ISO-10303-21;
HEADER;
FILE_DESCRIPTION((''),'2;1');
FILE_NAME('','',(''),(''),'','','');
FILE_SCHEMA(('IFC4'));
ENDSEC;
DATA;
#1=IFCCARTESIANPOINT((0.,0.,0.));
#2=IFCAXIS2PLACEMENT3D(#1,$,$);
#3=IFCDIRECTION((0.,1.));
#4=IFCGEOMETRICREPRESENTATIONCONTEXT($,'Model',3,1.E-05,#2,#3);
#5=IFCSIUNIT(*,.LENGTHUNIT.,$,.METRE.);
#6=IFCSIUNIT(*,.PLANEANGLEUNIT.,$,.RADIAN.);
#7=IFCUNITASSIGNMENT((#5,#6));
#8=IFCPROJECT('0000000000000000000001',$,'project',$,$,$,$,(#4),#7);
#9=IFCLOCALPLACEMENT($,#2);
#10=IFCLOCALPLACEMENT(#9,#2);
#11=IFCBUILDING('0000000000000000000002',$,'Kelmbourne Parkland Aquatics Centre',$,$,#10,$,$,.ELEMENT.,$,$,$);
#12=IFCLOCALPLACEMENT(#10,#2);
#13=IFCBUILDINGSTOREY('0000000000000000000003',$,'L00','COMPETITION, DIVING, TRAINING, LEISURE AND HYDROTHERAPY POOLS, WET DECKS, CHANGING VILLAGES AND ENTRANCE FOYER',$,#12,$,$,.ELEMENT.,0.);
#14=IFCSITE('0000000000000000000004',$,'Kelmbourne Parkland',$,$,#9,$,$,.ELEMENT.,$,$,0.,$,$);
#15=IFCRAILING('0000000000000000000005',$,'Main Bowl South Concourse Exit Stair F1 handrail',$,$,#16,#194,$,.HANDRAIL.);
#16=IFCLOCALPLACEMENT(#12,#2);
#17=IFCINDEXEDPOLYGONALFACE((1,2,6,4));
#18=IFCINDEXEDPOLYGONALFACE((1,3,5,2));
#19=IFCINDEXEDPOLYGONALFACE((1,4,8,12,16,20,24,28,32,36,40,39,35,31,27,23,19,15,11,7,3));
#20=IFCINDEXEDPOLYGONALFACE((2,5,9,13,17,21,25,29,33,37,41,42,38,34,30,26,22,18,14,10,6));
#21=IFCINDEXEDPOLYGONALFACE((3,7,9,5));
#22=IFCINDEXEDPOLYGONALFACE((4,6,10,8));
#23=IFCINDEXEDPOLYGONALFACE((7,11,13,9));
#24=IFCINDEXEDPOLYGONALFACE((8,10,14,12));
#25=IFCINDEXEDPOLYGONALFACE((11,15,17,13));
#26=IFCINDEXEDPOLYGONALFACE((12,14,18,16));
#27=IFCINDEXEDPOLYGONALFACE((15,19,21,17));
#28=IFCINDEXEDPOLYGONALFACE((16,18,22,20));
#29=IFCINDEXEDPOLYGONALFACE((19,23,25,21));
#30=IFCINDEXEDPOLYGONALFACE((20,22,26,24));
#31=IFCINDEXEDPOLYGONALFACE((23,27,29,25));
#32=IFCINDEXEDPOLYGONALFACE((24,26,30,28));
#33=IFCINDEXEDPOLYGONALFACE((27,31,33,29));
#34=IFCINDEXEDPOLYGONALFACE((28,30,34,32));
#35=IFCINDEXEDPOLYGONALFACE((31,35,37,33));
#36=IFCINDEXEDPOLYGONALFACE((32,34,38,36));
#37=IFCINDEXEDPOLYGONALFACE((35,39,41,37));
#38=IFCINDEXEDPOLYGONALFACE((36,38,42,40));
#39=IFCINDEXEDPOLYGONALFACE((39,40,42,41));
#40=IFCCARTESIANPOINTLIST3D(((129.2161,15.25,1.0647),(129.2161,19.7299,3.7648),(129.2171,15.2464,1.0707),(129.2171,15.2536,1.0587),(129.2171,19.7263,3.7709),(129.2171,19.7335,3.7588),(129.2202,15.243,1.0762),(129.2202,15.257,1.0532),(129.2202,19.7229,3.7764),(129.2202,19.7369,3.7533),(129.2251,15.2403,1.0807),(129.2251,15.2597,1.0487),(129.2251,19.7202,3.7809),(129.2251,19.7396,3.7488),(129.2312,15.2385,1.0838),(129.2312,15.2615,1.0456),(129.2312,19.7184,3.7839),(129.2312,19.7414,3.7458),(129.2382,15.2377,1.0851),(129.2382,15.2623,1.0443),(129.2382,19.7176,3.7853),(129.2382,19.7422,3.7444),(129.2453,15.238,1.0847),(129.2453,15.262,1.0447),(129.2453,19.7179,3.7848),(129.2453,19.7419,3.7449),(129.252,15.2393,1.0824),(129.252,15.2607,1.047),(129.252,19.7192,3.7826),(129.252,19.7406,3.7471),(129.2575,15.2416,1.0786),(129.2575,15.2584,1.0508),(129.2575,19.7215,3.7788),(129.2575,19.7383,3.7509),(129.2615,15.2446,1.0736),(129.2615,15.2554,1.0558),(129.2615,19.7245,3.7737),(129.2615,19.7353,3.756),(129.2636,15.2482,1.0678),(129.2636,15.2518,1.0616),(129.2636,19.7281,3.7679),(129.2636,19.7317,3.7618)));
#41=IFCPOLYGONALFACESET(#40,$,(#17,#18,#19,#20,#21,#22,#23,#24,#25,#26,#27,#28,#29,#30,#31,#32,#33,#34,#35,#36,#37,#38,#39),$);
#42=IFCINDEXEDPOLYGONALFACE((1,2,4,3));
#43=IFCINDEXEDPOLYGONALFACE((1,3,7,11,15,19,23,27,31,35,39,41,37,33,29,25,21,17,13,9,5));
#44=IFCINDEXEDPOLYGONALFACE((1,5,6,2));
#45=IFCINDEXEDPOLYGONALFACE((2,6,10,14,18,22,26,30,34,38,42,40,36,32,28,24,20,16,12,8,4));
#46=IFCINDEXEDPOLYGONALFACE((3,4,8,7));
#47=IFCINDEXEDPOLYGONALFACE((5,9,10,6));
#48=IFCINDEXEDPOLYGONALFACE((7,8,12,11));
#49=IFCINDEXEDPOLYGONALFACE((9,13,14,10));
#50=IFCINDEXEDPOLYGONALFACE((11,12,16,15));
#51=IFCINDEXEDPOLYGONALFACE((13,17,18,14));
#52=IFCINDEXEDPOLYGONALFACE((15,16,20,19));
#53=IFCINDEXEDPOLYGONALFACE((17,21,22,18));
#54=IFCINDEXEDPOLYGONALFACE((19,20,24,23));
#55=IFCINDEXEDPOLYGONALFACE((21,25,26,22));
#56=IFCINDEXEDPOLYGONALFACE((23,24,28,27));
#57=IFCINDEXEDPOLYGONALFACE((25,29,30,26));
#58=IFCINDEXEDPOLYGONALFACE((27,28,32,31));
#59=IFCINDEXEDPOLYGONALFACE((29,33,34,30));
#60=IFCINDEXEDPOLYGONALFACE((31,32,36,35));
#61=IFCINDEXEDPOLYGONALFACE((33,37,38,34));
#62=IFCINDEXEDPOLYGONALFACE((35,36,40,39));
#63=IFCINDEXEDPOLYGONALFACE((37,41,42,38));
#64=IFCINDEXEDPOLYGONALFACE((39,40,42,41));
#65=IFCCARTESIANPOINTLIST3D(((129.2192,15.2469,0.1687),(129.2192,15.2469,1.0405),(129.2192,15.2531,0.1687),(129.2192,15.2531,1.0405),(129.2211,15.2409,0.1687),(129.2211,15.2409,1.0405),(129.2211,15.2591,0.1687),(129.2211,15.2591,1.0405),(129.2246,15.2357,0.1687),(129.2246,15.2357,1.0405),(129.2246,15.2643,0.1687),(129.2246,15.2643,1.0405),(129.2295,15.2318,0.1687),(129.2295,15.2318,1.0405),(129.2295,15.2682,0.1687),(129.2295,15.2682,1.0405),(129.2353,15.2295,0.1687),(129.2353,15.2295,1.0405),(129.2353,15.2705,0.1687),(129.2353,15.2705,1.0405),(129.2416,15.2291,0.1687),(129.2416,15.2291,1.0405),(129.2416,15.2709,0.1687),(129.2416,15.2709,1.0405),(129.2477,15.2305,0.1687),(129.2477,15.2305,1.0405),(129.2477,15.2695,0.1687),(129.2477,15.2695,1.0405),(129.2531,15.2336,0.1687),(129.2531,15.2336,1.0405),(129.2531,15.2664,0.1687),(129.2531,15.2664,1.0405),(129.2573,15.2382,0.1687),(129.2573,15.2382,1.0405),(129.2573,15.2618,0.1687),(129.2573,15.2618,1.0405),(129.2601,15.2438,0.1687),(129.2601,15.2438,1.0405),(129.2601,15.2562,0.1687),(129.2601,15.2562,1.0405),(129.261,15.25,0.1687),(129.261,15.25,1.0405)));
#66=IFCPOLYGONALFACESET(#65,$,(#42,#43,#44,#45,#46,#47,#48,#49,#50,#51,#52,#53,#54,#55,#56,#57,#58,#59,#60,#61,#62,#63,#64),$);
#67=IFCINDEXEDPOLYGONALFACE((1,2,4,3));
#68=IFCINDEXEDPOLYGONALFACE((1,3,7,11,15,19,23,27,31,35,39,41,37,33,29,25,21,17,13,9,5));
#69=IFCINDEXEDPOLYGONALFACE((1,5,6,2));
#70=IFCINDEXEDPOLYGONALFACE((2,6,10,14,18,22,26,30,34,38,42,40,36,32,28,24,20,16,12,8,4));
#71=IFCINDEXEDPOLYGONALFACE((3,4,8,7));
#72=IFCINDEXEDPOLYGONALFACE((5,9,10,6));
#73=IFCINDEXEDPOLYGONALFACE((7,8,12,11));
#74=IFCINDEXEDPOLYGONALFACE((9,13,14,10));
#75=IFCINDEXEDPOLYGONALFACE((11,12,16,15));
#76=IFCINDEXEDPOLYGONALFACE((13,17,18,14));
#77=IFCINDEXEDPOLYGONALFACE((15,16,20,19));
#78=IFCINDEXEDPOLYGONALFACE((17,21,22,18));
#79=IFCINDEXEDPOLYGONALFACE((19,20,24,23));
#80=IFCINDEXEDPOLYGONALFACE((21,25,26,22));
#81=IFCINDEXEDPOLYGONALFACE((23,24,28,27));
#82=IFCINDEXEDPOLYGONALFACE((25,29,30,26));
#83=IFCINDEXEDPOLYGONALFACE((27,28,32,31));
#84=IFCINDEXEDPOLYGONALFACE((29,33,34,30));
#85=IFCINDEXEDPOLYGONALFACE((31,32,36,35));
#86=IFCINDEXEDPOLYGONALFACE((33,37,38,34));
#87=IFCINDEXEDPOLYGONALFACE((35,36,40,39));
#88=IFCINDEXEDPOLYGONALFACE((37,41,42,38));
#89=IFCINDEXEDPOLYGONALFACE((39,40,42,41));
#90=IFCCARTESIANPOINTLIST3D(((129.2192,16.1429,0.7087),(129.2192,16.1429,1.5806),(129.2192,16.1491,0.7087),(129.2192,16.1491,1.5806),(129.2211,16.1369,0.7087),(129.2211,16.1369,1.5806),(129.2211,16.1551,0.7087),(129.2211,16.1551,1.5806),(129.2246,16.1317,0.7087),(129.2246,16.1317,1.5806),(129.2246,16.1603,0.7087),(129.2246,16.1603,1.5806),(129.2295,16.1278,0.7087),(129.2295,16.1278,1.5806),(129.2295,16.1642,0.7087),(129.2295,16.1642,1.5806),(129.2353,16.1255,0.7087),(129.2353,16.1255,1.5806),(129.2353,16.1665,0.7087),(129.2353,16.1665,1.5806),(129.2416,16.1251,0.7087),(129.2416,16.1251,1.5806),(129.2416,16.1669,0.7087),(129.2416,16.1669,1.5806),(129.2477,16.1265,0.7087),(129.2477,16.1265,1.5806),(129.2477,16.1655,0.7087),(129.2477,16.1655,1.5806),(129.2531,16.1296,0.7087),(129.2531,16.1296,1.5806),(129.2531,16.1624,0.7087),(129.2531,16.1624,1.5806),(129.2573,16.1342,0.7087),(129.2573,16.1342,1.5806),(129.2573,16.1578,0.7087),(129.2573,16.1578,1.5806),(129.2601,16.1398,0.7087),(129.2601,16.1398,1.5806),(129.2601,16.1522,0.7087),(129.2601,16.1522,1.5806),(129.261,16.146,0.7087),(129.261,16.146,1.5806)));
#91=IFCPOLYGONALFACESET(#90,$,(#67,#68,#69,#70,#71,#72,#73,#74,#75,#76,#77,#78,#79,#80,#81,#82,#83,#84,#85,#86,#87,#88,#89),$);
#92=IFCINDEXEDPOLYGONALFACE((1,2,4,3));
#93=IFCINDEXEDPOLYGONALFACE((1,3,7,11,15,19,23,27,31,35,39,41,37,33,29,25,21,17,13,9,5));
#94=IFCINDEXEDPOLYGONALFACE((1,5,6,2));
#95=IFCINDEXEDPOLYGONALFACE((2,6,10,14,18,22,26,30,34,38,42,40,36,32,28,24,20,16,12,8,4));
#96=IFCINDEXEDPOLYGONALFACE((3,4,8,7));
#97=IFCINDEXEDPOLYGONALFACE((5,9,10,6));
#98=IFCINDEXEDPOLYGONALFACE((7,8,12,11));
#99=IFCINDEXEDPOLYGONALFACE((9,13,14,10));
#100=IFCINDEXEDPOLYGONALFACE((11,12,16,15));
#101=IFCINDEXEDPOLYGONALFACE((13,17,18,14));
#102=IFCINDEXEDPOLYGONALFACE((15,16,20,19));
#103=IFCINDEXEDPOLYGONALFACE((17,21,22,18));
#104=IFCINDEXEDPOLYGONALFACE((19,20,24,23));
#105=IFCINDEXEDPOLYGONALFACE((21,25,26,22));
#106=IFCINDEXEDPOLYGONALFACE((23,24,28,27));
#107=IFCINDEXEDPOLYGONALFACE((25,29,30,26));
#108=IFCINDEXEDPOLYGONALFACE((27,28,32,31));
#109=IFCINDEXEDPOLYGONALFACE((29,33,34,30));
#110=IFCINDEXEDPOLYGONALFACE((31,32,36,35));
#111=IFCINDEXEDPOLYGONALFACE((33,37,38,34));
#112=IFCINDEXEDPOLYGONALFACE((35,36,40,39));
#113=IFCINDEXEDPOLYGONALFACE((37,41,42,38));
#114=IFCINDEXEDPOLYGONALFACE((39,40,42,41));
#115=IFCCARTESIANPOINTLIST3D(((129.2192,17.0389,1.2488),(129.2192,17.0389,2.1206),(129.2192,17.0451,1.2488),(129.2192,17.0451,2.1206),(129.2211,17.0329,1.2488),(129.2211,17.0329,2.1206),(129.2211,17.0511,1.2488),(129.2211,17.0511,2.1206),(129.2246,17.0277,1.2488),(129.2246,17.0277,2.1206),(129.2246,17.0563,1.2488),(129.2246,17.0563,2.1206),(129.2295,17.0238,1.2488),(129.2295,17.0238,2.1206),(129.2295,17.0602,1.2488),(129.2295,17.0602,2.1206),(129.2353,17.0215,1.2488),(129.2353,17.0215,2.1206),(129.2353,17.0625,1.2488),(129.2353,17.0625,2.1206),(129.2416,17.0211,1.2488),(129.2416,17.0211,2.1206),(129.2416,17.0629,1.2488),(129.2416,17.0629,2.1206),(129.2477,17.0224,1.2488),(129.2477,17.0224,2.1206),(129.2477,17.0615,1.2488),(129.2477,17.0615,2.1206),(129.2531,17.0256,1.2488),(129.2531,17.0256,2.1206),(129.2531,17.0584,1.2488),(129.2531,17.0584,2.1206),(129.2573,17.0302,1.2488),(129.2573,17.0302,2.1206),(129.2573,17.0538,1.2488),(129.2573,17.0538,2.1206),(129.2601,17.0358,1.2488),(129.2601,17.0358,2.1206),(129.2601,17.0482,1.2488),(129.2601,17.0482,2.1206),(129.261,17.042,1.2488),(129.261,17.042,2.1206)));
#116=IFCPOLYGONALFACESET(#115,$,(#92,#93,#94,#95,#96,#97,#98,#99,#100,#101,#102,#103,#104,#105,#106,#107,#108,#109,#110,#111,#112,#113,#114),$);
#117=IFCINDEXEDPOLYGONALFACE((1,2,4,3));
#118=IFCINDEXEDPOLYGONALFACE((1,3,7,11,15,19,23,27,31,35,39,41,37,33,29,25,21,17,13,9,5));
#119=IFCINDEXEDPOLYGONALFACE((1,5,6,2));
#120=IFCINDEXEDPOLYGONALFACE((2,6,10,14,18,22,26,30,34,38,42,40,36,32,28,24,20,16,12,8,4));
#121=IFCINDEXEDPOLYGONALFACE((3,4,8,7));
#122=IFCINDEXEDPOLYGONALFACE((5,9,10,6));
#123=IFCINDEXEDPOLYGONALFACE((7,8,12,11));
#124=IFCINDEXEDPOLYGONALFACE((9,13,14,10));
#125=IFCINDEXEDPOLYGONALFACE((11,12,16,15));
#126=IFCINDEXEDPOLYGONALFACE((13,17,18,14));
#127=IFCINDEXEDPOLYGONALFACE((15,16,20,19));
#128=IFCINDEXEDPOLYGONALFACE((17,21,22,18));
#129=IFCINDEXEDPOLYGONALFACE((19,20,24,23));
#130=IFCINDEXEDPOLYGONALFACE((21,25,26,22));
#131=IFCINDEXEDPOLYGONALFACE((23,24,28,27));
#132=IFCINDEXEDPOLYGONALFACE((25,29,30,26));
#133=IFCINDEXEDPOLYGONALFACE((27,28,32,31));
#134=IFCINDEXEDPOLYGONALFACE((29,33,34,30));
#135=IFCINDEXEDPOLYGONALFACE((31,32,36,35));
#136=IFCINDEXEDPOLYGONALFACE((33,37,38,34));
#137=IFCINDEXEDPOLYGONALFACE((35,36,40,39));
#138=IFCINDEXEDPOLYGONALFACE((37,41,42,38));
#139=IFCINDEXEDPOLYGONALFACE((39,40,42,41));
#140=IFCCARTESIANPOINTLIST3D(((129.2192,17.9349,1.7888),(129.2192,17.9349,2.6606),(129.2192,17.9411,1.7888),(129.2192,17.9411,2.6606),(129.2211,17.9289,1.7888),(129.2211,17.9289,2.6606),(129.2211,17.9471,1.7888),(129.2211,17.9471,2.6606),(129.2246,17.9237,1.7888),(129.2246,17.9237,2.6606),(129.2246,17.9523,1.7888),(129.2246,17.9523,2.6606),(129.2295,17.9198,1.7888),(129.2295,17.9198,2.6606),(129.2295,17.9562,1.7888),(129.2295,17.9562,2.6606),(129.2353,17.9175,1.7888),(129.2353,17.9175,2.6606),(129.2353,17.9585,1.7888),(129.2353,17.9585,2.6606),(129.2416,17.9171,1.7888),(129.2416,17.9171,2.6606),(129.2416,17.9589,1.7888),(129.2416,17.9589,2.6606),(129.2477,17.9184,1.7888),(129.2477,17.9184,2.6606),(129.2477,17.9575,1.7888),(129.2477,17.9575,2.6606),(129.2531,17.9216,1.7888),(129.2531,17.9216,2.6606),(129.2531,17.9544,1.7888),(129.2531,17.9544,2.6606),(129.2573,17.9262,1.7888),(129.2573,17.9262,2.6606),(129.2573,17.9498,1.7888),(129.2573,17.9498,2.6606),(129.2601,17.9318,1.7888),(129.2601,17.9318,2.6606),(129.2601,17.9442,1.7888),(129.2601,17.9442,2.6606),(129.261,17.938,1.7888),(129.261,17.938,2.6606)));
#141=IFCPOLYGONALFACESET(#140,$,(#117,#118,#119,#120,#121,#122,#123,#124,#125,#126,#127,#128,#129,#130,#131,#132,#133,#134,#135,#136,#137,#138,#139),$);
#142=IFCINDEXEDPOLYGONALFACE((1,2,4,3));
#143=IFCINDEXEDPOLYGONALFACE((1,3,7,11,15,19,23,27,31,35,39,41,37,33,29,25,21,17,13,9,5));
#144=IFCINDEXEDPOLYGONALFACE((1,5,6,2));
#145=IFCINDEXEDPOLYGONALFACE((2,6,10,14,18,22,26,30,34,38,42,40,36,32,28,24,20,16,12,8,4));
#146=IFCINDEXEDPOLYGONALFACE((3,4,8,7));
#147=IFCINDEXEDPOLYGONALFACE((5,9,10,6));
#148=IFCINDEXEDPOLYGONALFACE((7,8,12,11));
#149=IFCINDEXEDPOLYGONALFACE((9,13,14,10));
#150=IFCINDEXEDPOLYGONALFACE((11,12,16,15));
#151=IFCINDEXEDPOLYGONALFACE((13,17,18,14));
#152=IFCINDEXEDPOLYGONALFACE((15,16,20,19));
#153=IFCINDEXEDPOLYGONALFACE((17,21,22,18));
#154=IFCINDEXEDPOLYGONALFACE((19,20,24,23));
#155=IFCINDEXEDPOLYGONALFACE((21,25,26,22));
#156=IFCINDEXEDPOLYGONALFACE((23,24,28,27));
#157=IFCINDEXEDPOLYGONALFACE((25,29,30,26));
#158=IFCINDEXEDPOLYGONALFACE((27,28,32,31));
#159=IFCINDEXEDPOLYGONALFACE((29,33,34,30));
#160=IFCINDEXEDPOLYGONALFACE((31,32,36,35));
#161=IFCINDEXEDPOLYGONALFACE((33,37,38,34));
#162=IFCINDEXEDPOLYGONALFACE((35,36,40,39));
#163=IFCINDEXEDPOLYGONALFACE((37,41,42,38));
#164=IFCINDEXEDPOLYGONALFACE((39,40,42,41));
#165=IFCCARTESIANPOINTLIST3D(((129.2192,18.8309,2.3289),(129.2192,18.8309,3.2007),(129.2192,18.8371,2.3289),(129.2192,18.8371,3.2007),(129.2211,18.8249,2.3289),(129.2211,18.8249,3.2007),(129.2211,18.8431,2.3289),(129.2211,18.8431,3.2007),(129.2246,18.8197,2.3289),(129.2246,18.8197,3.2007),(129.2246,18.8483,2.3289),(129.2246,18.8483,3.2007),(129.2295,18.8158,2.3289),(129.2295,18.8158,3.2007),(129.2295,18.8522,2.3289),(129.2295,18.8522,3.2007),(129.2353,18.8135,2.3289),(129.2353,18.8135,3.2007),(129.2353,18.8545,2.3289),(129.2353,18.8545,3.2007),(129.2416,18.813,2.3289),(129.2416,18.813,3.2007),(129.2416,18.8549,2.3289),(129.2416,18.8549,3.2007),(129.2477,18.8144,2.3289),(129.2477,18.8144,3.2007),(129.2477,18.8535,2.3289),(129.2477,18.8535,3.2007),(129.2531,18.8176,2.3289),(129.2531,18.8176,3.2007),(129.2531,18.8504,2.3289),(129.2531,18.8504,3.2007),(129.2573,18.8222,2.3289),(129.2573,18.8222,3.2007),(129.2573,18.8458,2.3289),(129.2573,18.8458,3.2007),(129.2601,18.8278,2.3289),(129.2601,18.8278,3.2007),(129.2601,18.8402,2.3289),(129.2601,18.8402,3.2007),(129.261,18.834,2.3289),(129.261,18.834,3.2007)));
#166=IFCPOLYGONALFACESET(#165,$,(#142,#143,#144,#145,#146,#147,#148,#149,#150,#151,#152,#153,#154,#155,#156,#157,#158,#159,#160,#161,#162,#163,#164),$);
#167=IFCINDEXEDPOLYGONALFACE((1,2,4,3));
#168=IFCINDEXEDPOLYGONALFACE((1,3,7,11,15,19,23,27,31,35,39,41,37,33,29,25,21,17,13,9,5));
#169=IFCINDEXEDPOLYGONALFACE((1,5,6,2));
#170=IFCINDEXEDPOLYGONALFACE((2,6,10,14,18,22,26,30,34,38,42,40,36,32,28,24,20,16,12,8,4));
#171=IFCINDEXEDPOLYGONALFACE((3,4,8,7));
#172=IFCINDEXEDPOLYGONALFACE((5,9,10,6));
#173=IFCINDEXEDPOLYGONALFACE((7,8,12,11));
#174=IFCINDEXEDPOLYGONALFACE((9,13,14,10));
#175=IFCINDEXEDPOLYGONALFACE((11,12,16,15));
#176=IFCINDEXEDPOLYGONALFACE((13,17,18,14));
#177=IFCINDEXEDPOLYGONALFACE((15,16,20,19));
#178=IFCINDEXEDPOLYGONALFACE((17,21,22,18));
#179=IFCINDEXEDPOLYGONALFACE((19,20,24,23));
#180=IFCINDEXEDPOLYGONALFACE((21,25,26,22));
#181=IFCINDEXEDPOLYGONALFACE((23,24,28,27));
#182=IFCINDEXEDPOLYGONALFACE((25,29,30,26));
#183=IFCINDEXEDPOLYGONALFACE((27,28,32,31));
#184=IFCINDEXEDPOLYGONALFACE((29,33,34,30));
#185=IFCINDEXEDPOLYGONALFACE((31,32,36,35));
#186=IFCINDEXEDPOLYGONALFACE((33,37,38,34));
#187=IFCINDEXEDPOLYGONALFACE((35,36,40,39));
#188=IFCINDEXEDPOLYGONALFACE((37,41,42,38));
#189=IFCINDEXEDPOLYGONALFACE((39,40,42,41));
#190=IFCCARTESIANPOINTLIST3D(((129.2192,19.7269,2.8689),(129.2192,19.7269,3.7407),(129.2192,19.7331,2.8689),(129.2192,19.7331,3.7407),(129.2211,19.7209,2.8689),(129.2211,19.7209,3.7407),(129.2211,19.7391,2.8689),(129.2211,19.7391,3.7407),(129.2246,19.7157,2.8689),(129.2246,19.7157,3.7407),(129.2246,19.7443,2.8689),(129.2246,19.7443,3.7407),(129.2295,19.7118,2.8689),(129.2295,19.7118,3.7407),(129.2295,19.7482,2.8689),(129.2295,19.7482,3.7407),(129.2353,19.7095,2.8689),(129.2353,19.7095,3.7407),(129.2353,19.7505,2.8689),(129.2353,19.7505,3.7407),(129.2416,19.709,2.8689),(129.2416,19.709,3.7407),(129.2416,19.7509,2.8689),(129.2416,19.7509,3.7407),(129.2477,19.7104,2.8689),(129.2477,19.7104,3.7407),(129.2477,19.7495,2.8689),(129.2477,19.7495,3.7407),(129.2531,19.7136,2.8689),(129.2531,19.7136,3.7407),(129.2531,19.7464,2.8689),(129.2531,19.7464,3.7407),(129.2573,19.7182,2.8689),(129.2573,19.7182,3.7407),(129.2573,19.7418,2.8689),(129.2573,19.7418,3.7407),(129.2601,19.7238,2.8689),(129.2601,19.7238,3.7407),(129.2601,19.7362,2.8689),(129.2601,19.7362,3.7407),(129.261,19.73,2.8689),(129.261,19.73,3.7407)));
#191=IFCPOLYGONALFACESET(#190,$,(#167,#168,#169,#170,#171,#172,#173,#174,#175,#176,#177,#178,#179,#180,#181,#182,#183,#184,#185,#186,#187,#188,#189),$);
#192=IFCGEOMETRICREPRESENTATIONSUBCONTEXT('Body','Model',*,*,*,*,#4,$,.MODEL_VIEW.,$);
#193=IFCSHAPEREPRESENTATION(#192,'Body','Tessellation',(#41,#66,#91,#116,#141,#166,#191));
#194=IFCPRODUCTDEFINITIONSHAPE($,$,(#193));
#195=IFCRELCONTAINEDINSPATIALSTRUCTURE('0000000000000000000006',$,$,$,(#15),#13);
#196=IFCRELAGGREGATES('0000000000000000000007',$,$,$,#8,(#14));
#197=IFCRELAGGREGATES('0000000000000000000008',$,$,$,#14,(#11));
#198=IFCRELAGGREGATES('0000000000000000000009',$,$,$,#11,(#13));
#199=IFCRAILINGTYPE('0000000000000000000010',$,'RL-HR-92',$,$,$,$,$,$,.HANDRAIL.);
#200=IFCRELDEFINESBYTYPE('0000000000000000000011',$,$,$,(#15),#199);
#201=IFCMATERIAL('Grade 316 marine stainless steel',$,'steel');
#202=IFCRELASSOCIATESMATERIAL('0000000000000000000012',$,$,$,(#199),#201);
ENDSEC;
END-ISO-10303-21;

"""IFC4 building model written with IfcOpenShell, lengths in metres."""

from ifc_helpers import new_model, si_unit, direction, frame, origin, origin_2d, place, context, subcontext, project, spatial, circle, extrude, material, type_object, element, save


model = new_model("IFC4")

# Units and contexts
model_context = context("Model", 3, precision=1e-05, world=origin(), true_north=direction((0.0, 1.0)))
body_context = subcontext(model_context, "Body", "Model", "MODEL_VIEW")
ifc_project = project(units=[si_unit("LENGTHUNIT", "METRE"), si_unit("PLANEANGLEUNIT", "RADIAN")], contexts=[model_context])

# Site, building, storey
site_placement = place(None, origin())
site = spatial("IfcSite", under=ifc_project, at=site_placement, Name="Kelmbourne Parkland", CompositionType="ELEMENT", RefElevation=0.0)
building_placement = place(site_placement, origin())
building = spatial("IfcBuilding", under=site, at=building_placement, Name="Kelmbourne Parkland Aquatics Centre", CompositionType="ELEMENT")
storey_placement = place(building_placement, origin())
storey = spatial("IfcBuildingStorey", under=building, at=storey_placement, Name="L00", Description="COMPETITION, DIVING, TRAINING, LEISURE AND HYDROTHERAPY POOLS, WET DECKS, CHANGING VILLAGES AND ENTRANCE FOYER", CompositionType="ELEMENT", Elevation=0.0)

# Railing
ifc_material_1 = material(Name="Grade 316 marine stainless steel", Category="steel")
railing_type_1 = type_object("IfcRailingType", Name="RL-HR-92", PredefinedType="HANDRAIL", material=ifc_material_1)
railing_1_placement = place(storey_placement, frame((129.24, 15.25, 0.1687)))
element("IfcRailing", 1, at=railing_1_placement, inside=storey, type_object=railing_type_1, Name="Main Bowl South Concourse Exit Stair F1 handrail", PredefinedType="HANDRAIL", context=body_context, shape_type="SweptSolid", body=[
    extrude(circle(Radius=0.0239, at=origin_2d()), frame((0.0, 0.0, 0.896), z_axis=(0.0, 0.856462, 0.516211), x_axis=(-1.0, 0.0, 0.0)), (0.0, 0.0, 1.0), 5.2307),
    extrude(circle(Radius=0.021, at=origin_2d()), origin(), (0.0, 0.0, 1.0), 0.8718),
    extrude(circle(Radius=0.021, at=origin_2d()), frame((0.0, 0.896, 0.54)), (0.0, 0.0, 1.0), 0.8718),
    extrude(circle(Radius=0.021, at=origin_2d()), frame((0.0, 1.792, 1.0801)), (0.0, 0.0, 1.0), 0.8718),
    extrude(circle(Radius=0.021, at=origin_2d()), frame((0.0, 2.688, 1.6201)), (0.0, 0.0, 1.0), 0.8718),
    extrude(circle(Radius=0.021, at=origin_2d()), frame((0.0, 3.584, 2.1602)), (0.0, 0.0, 1.0), 0.8718),
    extrude(circle(Radius=0.021, at=origin_2d()), frame((0.0, 4.48, 2.7002)), (0.0, 0.0, 1.0), 0.8718),
])

save(model, "model.ifc")
